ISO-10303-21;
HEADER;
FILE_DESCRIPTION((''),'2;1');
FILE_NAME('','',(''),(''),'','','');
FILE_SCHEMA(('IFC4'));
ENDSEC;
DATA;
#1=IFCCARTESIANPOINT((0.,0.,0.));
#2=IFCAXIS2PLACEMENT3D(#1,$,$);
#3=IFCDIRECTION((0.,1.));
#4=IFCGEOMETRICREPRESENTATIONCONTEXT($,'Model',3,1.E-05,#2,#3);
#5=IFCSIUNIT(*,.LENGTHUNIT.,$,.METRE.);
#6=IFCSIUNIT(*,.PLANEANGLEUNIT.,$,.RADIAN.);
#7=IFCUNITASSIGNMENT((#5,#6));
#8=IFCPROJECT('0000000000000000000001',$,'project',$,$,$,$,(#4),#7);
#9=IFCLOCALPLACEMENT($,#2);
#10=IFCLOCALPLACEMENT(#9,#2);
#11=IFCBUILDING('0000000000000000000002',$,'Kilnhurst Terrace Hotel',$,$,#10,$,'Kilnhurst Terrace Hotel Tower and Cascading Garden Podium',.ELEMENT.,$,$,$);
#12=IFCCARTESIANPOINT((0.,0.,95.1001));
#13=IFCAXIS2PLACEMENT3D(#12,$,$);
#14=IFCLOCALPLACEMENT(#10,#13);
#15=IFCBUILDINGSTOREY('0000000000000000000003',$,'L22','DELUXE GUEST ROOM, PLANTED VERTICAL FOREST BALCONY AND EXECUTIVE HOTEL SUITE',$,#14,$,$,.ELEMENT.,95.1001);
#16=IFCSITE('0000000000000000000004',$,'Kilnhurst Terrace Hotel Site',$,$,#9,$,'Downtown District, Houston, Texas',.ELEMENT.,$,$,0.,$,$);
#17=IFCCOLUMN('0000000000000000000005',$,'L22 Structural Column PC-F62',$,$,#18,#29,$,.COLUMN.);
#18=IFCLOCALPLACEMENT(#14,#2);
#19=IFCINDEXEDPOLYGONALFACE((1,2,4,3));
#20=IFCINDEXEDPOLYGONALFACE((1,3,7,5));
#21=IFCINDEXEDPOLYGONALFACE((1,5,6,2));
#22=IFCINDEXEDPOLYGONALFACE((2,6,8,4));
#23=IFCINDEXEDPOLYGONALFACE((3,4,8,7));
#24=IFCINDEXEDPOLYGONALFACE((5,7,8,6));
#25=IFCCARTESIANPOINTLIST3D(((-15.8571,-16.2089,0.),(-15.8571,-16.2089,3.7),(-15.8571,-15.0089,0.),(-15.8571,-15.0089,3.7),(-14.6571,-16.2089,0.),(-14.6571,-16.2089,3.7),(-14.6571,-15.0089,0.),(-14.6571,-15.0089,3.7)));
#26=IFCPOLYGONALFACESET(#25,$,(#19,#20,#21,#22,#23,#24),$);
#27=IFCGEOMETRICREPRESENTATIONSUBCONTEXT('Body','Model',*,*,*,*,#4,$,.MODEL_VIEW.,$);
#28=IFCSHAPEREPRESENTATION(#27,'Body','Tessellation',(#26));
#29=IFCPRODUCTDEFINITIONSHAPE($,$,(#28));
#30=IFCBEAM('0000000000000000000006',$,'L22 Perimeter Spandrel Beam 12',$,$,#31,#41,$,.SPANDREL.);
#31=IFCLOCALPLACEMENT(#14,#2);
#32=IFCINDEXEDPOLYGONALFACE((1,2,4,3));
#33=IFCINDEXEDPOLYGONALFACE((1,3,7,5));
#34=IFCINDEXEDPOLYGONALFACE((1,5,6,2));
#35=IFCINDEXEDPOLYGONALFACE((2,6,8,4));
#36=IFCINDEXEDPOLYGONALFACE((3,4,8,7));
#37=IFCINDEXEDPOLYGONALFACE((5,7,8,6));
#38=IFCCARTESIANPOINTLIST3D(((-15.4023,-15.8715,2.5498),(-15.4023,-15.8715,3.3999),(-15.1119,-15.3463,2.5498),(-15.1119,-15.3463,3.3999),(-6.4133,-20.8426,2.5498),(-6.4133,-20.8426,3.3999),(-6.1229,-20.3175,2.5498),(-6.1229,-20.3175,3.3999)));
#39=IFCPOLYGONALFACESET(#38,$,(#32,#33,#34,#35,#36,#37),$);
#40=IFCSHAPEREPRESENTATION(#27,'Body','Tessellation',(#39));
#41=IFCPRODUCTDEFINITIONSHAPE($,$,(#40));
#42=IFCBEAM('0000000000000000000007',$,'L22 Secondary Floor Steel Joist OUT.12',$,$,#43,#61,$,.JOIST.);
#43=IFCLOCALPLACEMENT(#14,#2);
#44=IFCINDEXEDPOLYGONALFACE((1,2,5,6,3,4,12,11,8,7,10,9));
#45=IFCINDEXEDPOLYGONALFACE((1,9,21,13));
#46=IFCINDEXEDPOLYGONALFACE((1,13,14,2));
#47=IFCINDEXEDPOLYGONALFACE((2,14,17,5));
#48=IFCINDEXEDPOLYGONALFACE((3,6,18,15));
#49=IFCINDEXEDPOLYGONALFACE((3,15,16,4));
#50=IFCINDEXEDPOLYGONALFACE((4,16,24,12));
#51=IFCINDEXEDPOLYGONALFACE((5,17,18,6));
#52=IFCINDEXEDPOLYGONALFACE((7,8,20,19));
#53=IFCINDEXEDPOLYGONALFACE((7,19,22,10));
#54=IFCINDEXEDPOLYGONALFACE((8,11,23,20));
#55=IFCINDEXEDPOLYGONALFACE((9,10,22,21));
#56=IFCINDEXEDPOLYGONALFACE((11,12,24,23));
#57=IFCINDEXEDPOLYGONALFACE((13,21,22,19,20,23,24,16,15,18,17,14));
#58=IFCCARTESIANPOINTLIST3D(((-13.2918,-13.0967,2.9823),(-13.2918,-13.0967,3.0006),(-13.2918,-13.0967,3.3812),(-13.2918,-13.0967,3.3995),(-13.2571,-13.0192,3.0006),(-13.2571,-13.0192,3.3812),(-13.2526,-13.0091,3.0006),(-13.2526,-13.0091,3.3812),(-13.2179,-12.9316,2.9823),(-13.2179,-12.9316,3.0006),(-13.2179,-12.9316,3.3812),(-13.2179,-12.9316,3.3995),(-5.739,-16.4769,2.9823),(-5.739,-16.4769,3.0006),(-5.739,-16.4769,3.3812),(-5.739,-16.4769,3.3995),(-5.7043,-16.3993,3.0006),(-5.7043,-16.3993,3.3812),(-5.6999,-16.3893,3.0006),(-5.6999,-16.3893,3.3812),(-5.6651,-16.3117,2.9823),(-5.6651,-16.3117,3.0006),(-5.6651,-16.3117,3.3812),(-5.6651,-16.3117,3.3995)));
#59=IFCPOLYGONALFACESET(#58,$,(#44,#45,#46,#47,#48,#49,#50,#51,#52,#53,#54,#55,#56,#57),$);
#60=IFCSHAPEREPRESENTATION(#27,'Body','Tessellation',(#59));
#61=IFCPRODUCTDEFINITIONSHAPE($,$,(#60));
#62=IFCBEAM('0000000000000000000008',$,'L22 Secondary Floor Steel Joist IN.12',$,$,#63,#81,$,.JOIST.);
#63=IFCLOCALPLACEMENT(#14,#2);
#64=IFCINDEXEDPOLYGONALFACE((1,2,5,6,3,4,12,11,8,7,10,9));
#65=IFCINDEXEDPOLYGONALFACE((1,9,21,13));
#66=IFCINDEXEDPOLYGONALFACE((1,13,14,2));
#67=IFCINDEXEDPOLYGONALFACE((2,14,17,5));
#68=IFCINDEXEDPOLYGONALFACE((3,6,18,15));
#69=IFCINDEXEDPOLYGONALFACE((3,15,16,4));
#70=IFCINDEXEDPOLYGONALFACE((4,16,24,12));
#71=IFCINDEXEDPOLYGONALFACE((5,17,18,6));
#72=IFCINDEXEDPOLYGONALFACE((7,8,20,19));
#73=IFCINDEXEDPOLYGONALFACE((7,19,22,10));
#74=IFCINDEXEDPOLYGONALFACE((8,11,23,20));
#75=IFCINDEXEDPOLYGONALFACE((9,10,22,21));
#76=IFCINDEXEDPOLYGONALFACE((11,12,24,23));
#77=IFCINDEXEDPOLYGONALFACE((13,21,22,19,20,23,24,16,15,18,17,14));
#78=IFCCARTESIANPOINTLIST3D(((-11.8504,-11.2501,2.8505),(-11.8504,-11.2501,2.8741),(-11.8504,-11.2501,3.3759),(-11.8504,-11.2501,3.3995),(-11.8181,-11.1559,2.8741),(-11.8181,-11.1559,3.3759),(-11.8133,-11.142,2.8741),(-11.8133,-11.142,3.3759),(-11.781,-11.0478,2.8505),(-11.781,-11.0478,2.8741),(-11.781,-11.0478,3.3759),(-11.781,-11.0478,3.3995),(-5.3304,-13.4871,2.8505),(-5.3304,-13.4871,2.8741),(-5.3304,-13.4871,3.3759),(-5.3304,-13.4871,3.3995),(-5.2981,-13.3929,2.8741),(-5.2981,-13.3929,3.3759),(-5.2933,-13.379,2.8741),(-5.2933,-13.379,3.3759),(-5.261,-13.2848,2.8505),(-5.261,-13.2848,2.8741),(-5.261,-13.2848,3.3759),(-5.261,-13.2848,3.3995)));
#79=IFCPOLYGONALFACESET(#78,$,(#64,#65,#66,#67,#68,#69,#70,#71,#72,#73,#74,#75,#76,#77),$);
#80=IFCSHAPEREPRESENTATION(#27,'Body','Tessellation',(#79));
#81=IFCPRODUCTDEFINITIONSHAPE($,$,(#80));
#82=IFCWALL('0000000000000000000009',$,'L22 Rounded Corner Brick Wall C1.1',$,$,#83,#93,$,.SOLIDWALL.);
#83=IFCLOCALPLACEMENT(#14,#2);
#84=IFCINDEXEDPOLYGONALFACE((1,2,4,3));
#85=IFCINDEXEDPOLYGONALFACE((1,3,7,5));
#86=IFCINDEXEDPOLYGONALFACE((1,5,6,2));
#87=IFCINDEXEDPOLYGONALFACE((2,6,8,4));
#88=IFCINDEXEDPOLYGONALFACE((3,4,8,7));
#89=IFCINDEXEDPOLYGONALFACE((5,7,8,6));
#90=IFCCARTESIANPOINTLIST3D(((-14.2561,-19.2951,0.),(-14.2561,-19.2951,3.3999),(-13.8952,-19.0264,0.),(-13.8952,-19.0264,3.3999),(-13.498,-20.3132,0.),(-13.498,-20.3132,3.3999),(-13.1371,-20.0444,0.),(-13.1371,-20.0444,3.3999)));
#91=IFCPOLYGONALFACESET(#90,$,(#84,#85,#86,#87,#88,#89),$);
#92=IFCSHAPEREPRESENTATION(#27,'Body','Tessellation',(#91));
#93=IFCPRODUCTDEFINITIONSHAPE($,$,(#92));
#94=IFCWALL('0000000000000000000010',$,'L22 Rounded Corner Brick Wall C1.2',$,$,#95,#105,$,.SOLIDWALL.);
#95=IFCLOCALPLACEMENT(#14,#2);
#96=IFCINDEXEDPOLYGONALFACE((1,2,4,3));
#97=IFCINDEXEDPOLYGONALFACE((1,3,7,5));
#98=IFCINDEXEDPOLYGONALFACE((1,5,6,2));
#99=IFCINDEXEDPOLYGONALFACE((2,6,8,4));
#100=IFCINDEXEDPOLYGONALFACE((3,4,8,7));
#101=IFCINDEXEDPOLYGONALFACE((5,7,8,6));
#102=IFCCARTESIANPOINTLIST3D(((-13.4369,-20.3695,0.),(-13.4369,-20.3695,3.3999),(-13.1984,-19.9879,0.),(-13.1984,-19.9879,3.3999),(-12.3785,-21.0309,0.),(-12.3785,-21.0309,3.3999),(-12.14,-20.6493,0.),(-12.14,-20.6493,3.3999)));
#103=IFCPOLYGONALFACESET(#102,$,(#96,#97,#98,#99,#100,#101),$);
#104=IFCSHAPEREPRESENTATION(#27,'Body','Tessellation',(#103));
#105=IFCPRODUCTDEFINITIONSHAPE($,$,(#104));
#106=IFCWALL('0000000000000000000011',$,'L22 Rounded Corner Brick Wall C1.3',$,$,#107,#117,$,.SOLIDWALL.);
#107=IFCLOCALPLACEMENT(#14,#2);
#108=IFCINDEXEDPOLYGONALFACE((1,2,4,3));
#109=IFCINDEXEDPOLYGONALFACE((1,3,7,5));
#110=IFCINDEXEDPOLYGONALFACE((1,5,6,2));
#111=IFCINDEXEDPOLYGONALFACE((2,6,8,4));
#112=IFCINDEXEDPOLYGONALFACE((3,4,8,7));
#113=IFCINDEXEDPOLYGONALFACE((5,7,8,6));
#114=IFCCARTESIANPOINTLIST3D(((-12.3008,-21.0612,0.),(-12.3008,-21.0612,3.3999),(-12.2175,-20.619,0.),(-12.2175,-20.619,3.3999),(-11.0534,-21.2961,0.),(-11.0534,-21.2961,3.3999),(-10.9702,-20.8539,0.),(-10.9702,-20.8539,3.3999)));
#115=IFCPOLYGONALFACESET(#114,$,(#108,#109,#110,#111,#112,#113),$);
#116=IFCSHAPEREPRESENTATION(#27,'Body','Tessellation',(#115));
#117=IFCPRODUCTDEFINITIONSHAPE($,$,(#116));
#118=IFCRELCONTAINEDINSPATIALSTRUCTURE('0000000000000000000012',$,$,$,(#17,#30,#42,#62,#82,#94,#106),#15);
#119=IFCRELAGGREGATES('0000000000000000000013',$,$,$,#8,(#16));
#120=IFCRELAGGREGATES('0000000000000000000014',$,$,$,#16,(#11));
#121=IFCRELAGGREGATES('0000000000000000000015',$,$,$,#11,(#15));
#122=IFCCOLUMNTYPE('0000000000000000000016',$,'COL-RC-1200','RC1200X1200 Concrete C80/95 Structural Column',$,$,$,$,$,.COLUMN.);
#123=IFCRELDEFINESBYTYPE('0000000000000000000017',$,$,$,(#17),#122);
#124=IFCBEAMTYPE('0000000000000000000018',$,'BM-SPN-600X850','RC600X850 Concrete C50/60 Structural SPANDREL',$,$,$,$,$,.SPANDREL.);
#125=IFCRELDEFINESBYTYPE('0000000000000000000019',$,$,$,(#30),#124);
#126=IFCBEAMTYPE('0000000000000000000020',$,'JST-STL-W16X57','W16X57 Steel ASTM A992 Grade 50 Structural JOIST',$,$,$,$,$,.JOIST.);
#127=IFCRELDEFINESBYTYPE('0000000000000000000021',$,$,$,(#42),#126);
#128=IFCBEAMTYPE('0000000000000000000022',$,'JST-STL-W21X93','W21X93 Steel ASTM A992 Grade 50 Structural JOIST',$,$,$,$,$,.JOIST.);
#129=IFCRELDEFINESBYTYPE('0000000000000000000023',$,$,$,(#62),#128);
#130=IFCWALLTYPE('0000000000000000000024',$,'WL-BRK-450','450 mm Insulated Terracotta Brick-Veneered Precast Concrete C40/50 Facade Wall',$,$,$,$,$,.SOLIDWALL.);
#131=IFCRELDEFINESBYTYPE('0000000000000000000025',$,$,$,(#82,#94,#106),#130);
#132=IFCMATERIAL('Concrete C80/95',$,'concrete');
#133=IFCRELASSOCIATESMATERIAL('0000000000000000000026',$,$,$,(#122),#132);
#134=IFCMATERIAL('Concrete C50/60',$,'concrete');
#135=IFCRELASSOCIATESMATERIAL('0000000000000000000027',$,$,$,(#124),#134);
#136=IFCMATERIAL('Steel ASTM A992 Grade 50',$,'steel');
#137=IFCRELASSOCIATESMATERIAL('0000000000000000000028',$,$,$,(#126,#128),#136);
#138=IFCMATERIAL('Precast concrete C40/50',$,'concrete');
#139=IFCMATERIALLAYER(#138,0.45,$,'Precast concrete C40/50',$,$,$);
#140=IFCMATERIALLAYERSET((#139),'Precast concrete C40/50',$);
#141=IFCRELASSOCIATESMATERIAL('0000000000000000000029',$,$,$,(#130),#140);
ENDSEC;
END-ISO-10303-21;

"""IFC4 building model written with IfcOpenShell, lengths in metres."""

from ifc_helpers import new_model, si_unit, direction, frame, frame_2d, origin, origin_2d, place, context, subcontext, project, spatial, rectangle, i_section, extrude, material, layer, layer_set, material_profile, profile_set, type_object, element, save


model = new_model("IFC4")

# Units and contexts
model_context = context("Model", 3, precision=1e-05, world=origin(), true_north=direction((0.0, 1.0)))
body_context = subcontext(model_context, "Body", "Model", "MODEL_VIEW")
ifc_project = project(units=[si_unit("LENGTHUNIT", "METRE"), si_unit("PLANEANGLEUNIT", "RADIAN")], contexts=[model_context])

# Site, building, storey
site_placement = place(None, origin())
site = spatial("IfcSite", under=ifc_project, at=site_placement, Name="Kilnhurst Terrace Hotel Site", LongName="Downtown District, Houston, Texas", CompositionType="ELEMENT", RefElevation=0.0)
building_placement = place(site_placement, origin())
building = spatial("IfcBuilding", under=site, at=building_placement, Name="Kilnhurst Terrace Hotel", LongName="Kilnhurst Terrace Hotel Tower and Cascading Garden Podium", CompositionType="ELEMENT")
storey_placement = place(building_placement, frame((0.0, 0.0, 95.1001)))
storey = spatial("IfcBuildingStorey", under=building, at=storey_placement, Name="L22", Description="DELUXE GUEST ROOM, PLANTED VERTICAL FOREST BALCONY AND EXECUTIVE HOTEL SUITE", CompositionType="ELEMENT", Elevation=95.1001)

# Column
ifc_material_1 = material(Name="Concrete C80/95", Category="concrete")
ifc_material_profile_1 = material_profile(ifc_material_1, rectangle(XDim=1.2, YDim=1.2, at=origin_2d()), Name="RC1200X1200")
ifc_profile_set_1 = profile_set([ifc_material_profile_1], Name="Concrete C80/95")
column_type = type_object("IfcColumnType", Name="COL-RC-1200", Description="RC1200X1200 Concrete C80/95 Structural Column", PredefinedType="COLUMN", material=ifc_profile_set_1)
column_placement = place(storey_placement, frame((-15.2571, -15.6089, 0.0), z_axis=(0.0, 0.0, 1.0), x_axis=(1.0, 0.0, 0.0)))
element("IfcColumn", 1, at=column_placement, inside=storey, type_object=column_type, Name="L22 Structural Column PC-F62", PredefinedType="COLUMN", context=body_context, shape_type="SweptSolid", body=[
    extrude(rectangle(XDim=1.2, YDim=1.2, at=origin_2d()), origin(), (0.0, 0.0, 1.0), 3.7),
])

# Beams
ifc_material_2 = material(Name="Concrete C50/60", Category="concrete")
ifc_material_profile_2 = material_profile(ifc_material_2, rectangle(XDim=0.6001, YDim=0.8501, at=origin_2d()), Name="RC600X850")
ifc_profile_set_2 = profile_set([ifc_material_profile_2], Name="Concrete C50/60")
beam_type_1 = type_object("IfcBeamType", Name="BM-SPN-600X850", Description="RC600X850 Concrete C50/60 Structural SPANDREL", PredefinedType="SPANDREL", material=ifc_profile_set_2)
beam_1_placement = place(storey_placement, frame((-15.2571, -15.6089, 2.9749), z_axis=(0.875094, -0.483953, 0.0), x_axis=(0.483953, 0.875094, 0.0)))
element("IfcBeam", 2, at=beam_1_placement, inside=storey, type_object=beam_type_1, Name="L22 Perimeter Spandrel Beam 12", PredefinedType="SPANDREL", context=body_context, shape_type="SweptSolid", body=[
    extrude(rectangle(XDim=0.6001, YDim=0.8501, at=origin_2d()), origin(), (0.0, 0.0, 1.0), 10.272),
])
ifc_material_3 = material(Name="Steel ASTM A992 Grade 50", Category="steel")
ifc_material_profile_3 = material_profile(ifc_material_3, i_section(OverallWidth=0.1809, OverallDepth=0.4172, WebThickness=0.011, FlangeThickness=0.0183, at=origin_2d()), Name="W16X57")
ifc_profile_set_3 = profile_set([ifc_material_profile_3], Name="Steel ASTM A992 Grade 50")
beam_type_2 = type_object("IfcBeamType", Name="JST-STL-W16X57", Description="W16X57 Steel ASTM A992 Grade 50 Structural JOIST", PredefinedType="JOIST", material=ifc_profile_set_3)
beam_2_placement = place(storey_placement, frame((-13.2549, -13.0142, 3.1909), z_axis=(0.912761, -0.408494, 0.0), x_axis=(0.408494, 0.912761, 0.0)))
element("IfcBeam", 3, at=beam_2_placement, inside=storey, type_object=beam_type_2, Name="L22 Secondary Floor Steel Joist OUT.12", PredefinedType="JOIST", context=body_context, shape_type="SweptSolid", body=[
    extrude(i_section(OverallWidth=0.1809, OverallDepth=0.4172, WebThickness=0.011, FlangeThickness=0.0183, at=origin_2d()), origin(), (0.0, 0.0, 1.0), 8.2747),
])
ifc_material_profile_4 = material_profile(ifc_material_3, i_section(OverallWidth=0.2139, OverallDepth=0.5491, WebThickness=0.0146, FlangeThickness=0.0237, at=origin_2d()), Name="W21X93")
ifc_profile_set_4 = profile_set([ifc_material_profile_4], Name="Steel ASTM A992 Grade 50")
beam_type_3 = type_object("IfcBeamType", Name="JST-STL-W21X93", Description="W21X93 Steel ASTM A992 Grade 50 Structural JOIST", PredefinedType="JOIST", material=ifc_profile_set_4)
beam_3_placement = place(storey_placement, frame((-11.8157, -11.1489, 3.125), z_axis=(0.945874, -0.324535, 0.0), x_axis=(0.324535, 0.945874, 0.0)))
element("IfcBeam", 4, at=beam_3_placement, inside=storey, type_object=beam_type_3, Name="L22 Secondary Floor Steel Joist IN.12", PredefinedType="JOIST", context=body_context, shape_type="SweptSolid", body=[
    extrude(i_section(OverallWidth=0.2139, OverallDepth=0.5491, WebThickness=0.0146, FlangeThickness=0.0237, at=origin_2d()), origin(), (0.0, 0.0, 1.0), 6.8931),
])

# Walls
ifc_material_4 = material(Name="Precast concrete C40/50", Category="concrete")
ifc_layer_1 = layer(ifc_material_4, 0.45, Name="Precast concrete C40/50")
ifc_layer_set_1 = layer_set([ifc_layer_1], Name="Precast concrete C40/50")
wall_type_1 = type_object("IfcWallType", Name="WL-BRK-450", Description="450 mm Insulated Terracotta Brick-Veneered Precast Concrete C40/50 Facade Wall", PredefinedType="SOLIDWALL", material=ifc_layer_set_1)
wall_1_placement = place(storey_placement, frame((-14.0757, -19.1606, 0.0), z_axis=(0.0, 0.0, 1.0), x_axis=(0.597227, -0.802073, 0.0)))
element("IfcWall", 5, at=wall_1_placement, inside=storey, type_object=wall_type_1, Name="L22 Rounded Corner Brick Wall C1.1", PredefinedType="SOLIDWALL", context=body_context, shape_type="SweptSolid", body=[
    extrude(rectangle(XDim=1.2693, YDim=0.45, at=frame_2d((0.6348, 0.0))), origin(), (0.0, 0.0, 1.0), 3.3999),
])
wall_2_placement = place(storey_placement, frame((-13.3176, -20.1787, 0.0), z_axis=(0.0, 0.0, 1.0), x_axis=(0.848031, -0.529946, 0.0)))
element("IfcWall", 6, at=wall_2_placement, inside=storey, type_object=wall_type_1, Name="L22 Rounded Corner Brick Wall C1.2", PredefinedType="SOLIDWALL", context=body_context, shape_type="SweptSolid", body=[
    extrude(rectangle(XDim=1.248, YDim=0.45, at=frame_2d((0.624, 0.0))), origin(), (0.0, 0.0, 1.0), 3.3999),
])
wall_3_placement = place(storey_placement, frame((-12.2593, -20.8401, 0.0), z_axis=(0.0, 0.0, 1.0), x_axis=(0.98273, -0.185043, 0.0)))
element("IfcWall", 7, at=wall_3_placement, inside=storey, type_object=wall_type_1, Name="L22 Rounded Corner Brick Wall C1.3", PredefinedType="SOLIDWALL", context=body_context, shape_type="SweptSolid", body=[
    extrude(rectangle(XDim=1.2693, YDim=0.45, at=frame_2d((0.6348, 0.0))), origin(), (0.0, 0.0, 1.0), 3.3999),
])

save(model, "model.ifc")
